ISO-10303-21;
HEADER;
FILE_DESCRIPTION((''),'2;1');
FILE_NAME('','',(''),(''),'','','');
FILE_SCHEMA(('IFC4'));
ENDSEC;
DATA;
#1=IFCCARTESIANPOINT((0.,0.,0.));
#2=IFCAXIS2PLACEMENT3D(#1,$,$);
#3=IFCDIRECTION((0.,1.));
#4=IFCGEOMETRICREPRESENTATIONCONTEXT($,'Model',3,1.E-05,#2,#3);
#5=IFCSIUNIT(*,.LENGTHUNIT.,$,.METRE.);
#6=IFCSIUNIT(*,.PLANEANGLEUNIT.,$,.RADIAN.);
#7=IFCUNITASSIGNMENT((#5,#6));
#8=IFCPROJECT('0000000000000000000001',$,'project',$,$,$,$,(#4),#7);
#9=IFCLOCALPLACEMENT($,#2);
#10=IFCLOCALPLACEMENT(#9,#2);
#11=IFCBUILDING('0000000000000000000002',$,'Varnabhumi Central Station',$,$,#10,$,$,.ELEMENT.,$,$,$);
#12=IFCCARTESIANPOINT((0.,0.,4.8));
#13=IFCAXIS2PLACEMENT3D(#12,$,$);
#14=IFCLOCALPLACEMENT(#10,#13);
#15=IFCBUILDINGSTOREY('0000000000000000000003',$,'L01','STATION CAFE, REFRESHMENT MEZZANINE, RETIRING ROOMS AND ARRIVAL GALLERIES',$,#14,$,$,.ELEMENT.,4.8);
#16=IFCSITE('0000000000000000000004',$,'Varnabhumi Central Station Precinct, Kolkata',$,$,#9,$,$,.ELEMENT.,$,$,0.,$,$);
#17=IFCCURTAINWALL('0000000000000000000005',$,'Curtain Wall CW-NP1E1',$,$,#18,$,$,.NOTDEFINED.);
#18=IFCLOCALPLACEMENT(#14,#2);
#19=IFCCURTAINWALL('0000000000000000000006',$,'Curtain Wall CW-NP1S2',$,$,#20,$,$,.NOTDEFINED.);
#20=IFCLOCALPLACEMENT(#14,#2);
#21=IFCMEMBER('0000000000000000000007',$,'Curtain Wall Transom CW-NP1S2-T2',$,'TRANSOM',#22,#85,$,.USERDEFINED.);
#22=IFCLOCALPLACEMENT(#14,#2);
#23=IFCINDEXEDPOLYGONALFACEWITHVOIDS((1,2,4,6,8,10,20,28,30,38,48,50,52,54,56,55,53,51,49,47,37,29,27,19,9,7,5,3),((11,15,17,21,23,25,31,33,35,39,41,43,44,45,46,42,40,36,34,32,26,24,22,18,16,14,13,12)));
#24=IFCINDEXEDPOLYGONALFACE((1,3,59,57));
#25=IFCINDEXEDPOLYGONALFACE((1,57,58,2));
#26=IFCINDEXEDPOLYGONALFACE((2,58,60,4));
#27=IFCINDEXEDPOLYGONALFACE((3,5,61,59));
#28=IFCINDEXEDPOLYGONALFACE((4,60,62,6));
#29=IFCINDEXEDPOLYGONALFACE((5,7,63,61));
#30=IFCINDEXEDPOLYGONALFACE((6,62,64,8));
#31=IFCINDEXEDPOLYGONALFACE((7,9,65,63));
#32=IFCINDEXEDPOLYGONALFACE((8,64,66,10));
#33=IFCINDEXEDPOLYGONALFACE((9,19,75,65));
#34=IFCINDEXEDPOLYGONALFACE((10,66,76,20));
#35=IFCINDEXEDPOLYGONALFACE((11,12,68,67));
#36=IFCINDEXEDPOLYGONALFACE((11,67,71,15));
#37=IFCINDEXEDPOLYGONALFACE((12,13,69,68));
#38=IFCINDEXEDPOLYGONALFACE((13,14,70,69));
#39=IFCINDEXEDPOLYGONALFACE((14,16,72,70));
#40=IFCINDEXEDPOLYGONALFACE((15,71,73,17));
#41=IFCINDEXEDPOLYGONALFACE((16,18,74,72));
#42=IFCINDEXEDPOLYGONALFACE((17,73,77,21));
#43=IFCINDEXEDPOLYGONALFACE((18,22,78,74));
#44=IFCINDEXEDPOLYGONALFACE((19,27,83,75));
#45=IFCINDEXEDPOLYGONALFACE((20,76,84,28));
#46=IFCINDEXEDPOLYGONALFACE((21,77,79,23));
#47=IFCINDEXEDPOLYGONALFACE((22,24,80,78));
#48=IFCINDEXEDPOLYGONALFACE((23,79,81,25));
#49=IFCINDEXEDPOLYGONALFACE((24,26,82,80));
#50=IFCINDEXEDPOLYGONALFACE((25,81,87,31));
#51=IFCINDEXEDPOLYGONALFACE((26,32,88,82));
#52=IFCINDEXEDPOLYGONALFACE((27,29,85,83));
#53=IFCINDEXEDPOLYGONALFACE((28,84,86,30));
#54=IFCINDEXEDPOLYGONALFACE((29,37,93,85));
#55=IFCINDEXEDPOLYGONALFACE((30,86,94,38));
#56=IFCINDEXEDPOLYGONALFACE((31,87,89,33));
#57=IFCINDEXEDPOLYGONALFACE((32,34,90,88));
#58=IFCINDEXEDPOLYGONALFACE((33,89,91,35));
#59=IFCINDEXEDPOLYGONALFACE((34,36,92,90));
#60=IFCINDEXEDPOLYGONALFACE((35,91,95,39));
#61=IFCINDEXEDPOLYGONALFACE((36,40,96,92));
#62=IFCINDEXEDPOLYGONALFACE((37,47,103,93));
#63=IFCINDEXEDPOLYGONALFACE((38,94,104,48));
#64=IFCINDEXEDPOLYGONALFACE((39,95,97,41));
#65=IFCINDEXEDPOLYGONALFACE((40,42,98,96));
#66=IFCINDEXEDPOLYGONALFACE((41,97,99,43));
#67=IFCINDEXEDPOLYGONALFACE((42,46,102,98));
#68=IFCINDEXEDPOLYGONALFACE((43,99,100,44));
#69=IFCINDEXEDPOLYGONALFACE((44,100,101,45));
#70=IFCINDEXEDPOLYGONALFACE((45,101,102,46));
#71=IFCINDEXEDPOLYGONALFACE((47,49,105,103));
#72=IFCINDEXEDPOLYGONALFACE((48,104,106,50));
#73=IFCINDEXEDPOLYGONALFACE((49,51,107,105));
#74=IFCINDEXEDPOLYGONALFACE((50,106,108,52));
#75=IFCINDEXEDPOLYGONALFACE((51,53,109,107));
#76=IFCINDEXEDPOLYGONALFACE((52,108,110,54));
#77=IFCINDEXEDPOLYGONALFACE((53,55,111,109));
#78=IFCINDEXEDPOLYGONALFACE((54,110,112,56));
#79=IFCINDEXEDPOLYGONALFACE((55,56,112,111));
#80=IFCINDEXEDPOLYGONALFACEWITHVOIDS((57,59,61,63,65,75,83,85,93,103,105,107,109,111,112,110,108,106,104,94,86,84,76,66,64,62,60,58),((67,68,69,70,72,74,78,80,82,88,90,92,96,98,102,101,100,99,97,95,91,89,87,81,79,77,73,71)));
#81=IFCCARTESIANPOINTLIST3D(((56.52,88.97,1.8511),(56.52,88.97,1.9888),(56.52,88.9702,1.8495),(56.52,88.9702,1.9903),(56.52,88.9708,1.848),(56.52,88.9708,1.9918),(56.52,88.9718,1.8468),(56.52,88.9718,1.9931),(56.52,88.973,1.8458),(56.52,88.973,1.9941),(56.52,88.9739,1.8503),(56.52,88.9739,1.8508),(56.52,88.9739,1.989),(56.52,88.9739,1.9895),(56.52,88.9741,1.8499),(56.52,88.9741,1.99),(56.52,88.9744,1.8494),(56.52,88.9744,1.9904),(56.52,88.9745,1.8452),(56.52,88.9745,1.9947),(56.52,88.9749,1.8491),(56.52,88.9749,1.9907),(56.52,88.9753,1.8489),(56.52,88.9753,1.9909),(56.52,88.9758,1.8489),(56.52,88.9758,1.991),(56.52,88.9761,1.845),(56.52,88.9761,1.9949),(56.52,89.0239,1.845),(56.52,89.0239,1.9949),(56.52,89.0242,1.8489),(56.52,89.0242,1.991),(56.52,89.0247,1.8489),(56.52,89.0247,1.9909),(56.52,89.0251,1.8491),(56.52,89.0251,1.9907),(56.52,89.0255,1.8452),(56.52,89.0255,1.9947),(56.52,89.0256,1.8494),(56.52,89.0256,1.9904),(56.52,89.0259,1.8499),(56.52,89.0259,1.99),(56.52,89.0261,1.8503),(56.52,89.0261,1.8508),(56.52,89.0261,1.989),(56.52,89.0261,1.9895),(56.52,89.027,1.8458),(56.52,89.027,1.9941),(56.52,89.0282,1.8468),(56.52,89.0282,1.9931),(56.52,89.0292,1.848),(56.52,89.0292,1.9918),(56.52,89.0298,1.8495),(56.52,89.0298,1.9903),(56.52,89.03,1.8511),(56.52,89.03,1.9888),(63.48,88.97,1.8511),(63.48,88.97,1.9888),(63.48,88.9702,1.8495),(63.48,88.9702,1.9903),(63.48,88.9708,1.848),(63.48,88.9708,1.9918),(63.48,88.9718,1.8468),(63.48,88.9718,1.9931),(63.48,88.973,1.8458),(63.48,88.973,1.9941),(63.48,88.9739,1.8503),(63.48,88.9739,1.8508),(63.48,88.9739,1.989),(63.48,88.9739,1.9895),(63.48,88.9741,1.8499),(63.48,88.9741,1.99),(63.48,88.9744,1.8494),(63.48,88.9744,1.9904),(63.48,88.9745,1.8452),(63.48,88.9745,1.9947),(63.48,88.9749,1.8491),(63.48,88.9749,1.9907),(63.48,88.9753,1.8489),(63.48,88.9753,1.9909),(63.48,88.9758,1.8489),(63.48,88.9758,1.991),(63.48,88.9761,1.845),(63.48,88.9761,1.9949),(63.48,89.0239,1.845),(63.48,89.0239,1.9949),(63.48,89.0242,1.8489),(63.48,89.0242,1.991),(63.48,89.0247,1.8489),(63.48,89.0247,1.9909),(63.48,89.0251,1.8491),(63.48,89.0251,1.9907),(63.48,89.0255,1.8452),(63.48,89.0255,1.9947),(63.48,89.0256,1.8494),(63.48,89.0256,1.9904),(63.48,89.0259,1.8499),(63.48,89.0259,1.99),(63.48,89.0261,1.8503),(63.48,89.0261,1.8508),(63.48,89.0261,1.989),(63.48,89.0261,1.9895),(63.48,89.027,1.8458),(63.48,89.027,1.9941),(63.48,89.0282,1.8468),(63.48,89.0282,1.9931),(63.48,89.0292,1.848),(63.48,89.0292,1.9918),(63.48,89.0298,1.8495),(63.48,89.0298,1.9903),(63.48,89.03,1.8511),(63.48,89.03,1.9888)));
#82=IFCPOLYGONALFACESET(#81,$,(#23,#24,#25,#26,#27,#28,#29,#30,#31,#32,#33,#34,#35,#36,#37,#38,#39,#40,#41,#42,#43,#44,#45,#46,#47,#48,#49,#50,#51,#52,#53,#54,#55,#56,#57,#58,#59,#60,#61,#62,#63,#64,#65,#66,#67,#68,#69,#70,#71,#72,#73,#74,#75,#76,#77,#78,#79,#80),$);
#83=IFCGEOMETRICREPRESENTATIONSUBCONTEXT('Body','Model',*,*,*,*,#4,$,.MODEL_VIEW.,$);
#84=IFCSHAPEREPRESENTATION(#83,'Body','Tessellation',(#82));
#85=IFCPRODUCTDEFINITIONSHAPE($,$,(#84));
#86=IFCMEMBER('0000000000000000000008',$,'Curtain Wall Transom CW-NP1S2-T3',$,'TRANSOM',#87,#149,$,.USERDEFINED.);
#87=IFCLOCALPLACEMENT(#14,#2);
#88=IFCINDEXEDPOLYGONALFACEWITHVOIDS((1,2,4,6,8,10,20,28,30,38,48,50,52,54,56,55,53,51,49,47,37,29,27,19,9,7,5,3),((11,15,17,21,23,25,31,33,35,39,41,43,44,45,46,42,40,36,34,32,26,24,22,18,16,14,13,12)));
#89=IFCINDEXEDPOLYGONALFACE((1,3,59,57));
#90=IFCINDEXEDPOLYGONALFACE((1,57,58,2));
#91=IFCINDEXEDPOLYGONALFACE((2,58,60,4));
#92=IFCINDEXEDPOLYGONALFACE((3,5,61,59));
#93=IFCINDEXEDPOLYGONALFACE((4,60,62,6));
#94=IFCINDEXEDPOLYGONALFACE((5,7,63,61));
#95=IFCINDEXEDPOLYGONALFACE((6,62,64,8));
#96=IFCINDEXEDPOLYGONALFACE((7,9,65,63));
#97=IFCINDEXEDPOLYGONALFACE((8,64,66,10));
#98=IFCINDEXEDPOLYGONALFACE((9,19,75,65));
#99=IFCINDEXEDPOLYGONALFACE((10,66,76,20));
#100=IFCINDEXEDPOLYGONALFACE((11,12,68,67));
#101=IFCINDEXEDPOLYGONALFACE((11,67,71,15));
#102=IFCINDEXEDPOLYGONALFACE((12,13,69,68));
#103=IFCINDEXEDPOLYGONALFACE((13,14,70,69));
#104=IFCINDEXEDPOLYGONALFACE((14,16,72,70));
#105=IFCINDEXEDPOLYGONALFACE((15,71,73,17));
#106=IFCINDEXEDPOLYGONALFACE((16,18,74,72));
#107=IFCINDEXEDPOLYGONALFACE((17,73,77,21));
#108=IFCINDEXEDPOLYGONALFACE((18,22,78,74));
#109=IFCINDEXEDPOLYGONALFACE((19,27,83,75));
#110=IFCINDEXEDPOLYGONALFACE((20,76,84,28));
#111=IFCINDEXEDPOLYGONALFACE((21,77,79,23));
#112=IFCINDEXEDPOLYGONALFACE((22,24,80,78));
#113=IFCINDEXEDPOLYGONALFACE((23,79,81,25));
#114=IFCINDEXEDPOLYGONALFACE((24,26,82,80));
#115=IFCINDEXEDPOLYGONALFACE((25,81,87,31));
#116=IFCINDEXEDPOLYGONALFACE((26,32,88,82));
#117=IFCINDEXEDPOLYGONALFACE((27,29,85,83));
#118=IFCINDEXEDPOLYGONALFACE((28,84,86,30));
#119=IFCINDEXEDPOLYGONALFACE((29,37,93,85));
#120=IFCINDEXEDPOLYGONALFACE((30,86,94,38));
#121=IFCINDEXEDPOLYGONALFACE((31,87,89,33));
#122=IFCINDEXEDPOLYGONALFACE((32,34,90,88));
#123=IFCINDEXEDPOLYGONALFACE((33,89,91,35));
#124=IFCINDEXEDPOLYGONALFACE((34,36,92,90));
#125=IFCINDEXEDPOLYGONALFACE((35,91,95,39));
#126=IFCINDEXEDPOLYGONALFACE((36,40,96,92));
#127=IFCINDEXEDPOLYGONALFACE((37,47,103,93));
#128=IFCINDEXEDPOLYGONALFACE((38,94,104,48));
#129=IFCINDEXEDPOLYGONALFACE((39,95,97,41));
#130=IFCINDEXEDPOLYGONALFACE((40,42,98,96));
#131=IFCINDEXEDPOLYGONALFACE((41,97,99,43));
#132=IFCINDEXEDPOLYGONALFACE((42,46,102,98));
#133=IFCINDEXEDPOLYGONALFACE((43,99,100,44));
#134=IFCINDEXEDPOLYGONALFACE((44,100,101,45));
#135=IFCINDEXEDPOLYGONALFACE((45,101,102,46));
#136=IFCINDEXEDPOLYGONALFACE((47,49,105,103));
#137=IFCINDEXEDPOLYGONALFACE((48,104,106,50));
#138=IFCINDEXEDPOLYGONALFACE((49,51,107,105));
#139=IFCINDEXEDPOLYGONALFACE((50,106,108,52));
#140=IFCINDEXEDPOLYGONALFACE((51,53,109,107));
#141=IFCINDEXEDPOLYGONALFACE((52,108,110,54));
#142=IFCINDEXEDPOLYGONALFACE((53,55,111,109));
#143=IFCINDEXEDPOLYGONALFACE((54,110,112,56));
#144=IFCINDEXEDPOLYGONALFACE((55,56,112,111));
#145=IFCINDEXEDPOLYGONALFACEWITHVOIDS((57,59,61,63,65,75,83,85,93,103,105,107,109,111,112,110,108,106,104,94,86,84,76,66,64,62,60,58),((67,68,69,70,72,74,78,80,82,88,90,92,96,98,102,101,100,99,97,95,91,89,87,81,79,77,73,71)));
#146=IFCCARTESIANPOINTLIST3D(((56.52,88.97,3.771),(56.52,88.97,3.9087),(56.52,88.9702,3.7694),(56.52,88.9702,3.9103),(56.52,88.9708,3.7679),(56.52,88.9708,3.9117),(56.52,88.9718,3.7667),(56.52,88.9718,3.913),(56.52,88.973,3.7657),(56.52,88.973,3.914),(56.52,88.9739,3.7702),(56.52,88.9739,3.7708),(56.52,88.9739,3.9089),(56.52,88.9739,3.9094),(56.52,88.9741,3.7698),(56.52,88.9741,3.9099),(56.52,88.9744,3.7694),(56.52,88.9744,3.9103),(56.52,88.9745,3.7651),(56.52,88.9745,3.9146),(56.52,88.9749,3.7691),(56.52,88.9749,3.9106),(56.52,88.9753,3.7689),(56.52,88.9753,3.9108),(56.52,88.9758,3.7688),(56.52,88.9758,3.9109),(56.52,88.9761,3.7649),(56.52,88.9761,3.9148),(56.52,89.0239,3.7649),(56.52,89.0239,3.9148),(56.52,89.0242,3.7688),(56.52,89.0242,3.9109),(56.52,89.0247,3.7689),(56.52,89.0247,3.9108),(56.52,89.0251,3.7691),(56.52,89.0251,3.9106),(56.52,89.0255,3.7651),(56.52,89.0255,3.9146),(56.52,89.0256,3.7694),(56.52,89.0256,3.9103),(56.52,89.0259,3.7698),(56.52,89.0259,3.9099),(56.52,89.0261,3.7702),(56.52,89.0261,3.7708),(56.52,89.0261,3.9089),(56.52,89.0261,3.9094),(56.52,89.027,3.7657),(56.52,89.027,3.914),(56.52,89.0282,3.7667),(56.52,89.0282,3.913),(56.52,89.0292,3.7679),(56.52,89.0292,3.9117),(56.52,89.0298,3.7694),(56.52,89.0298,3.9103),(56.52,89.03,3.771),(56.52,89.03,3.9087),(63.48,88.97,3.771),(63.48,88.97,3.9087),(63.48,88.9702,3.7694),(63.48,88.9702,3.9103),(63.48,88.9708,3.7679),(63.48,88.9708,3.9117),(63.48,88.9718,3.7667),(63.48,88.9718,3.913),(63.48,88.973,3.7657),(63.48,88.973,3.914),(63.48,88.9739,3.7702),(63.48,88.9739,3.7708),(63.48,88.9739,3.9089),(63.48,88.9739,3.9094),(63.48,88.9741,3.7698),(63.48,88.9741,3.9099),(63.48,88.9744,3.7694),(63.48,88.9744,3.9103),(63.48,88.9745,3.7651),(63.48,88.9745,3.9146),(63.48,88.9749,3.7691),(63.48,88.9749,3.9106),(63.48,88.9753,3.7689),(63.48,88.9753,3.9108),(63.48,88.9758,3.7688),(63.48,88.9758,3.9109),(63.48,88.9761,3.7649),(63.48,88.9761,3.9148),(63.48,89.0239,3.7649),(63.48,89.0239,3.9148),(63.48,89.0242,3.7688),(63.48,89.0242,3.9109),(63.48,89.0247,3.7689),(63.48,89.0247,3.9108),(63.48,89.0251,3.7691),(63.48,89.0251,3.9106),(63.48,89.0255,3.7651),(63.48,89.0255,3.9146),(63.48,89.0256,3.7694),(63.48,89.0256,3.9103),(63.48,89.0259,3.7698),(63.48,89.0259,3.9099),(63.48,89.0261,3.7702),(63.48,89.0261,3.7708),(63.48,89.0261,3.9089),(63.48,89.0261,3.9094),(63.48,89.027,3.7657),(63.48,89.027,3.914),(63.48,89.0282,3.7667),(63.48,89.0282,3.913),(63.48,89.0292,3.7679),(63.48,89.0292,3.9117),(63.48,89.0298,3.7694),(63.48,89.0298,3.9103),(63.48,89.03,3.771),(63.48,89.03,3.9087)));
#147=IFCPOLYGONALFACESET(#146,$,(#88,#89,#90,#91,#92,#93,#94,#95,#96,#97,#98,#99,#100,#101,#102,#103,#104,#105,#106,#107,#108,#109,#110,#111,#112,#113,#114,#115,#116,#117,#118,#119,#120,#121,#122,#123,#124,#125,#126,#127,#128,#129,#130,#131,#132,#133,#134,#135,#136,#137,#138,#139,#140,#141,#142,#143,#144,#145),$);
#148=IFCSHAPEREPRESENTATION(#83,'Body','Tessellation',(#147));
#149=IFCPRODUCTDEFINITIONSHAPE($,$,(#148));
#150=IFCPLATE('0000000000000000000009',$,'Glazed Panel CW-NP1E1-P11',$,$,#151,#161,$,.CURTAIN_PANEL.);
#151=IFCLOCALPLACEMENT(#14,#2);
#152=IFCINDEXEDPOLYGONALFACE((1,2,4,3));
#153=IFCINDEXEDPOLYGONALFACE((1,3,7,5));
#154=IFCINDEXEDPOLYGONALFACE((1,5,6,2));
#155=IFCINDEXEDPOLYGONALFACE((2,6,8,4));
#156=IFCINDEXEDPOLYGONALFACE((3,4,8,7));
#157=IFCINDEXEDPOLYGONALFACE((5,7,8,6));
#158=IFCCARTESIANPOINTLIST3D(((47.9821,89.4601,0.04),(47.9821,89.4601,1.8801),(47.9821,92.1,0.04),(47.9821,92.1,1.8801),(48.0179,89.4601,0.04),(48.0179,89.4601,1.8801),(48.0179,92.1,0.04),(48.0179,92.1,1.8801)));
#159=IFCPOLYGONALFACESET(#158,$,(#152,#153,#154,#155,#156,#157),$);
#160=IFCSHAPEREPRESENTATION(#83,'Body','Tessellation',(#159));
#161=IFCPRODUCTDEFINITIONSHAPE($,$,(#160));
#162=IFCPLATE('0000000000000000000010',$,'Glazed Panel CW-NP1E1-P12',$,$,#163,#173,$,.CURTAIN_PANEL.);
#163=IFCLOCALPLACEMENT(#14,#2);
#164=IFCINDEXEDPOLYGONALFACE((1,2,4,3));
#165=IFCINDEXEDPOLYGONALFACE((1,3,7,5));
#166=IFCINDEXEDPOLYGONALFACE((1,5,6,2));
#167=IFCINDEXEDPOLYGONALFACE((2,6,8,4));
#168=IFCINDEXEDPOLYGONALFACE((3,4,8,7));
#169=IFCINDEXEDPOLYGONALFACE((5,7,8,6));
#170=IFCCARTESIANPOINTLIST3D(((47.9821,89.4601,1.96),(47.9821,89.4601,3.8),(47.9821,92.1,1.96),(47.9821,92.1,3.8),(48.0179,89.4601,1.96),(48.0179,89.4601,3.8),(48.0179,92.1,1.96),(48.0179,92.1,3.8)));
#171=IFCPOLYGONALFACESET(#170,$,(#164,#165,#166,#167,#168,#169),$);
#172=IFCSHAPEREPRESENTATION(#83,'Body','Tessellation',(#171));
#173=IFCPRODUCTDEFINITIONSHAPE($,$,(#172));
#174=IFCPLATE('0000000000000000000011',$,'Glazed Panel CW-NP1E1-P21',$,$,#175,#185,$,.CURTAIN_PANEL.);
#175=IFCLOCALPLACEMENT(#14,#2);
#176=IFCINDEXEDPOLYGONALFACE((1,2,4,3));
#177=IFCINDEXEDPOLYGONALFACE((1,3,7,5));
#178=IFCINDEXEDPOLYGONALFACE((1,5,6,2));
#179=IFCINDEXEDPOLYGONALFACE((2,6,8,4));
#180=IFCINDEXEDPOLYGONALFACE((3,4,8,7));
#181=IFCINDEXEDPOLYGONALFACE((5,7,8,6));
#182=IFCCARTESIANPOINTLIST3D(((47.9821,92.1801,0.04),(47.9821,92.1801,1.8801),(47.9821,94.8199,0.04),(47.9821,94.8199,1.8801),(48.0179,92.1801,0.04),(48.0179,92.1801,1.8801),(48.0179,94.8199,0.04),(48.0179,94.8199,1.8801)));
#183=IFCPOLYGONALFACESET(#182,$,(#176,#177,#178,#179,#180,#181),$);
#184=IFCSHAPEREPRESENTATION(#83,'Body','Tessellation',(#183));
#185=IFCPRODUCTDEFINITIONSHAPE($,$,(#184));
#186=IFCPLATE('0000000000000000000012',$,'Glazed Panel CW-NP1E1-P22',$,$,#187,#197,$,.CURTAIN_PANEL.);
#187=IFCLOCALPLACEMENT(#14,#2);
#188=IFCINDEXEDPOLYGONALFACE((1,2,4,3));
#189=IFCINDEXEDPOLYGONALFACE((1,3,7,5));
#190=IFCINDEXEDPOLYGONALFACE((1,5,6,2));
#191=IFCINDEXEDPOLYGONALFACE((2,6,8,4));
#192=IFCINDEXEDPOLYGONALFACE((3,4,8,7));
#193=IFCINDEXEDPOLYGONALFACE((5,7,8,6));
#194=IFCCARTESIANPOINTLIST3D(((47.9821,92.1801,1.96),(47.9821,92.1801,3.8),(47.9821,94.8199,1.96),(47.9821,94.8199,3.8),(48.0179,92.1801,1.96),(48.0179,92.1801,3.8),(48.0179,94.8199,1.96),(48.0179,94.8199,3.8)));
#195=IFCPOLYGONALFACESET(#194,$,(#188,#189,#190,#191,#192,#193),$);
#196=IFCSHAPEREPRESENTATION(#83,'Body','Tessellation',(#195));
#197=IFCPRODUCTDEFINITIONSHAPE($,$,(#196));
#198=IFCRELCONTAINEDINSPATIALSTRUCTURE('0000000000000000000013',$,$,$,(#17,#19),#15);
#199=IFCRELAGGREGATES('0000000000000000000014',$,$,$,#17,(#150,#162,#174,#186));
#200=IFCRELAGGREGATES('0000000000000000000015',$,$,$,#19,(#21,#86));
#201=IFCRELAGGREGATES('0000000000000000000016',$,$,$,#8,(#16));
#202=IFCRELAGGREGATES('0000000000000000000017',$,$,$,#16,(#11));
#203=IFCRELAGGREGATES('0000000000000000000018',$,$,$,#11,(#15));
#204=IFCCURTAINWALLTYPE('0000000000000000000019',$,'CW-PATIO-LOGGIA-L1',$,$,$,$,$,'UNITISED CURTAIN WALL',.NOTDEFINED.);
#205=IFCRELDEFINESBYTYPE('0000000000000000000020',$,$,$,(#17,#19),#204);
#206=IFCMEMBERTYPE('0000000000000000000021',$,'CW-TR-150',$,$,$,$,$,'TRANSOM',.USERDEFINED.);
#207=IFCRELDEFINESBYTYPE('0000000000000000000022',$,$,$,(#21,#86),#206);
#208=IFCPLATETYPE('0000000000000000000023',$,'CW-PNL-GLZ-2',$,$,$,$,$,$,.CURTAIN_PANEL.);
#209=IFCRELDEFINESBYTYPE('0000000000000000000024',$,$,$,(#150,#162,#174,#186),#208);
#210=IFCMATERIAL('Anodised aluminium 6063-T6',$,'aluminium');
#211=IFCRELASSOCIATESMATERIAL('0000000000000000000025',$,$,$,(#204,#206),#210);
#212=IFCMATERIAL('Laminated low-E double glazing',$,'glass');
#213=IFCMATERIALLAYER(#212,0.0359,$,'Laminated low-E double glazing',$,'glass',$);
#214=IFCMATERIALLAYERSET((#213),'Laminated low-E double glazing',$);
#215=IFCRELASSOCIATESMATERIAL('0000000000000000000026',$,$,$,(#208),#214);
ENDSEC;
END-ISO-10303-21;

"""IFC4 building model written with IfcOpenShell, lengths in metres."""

from ifc_helpers import new_model, si_unit, direction, frame, origin, origin_2d, place, context, subcontext, project, spatial, rectangle, hollow_rectangle, extrude, material, layer, layer_set, material_profile, profile_set, type_object, element, aggregate, save


model = new_model("IFC4")

# Units and contexts
model_context = context("Model", 3, precision=1e-05, world=origin(), true_north=direction((0.0, 1.0)))
body_context = subcontext(model_context, "Body", "Model", "MODEL_VIEW")
ifc_project = project(units=[si_unit("LENGTHUNIT", "METRE"), si_unit("PLANEANGLEUNIT", "RADIAN")], contexts=[model_context])

# Site, building, storey
site_placement = place(None, origin())
site = spatial("IfcSite", under=ifc_project, at=site_placement, Name="Varnabhumi Central Station Precinct, Kolkata", CompositionType="ELEMENT", RefElevation=0.0)
building_placement = place(site_placement, origin())
building = spatial("IfcBuilding", under=site, at=building_placement, Name="Varnabhumi Central Station", CompositionType="ELEMENT")
storey_placement = place(building_placement, frame((0.0, 0.0, 4.8)))
storey = spatial("IfcBuildingStorey", under=building, at=storey_placement, Name="L01", Description="STATION CAFE, REFRESHMENT MEZZANINE, RETIRING ROOMS AND ARRIVAL GALLERIES", CompositionType="ELEMENT", Elevation=4.8)

# Curtain wall
ifc_material_1 = material(Name="Anodised aluminium 6063-T6", Category="aluminium")
curtain_wall_type = type_object("IfcCurtainWallType", Name="CW-PATIO-LOGGIA-L1", ElementType="UNITISED CURTAIN WALL", PredefinedType="NOTDEFINED", material=ifc_material_1)
curtain_wall_1_placement = place(storey_placement, origin())
curtain_wall_1 = element("IfcCurtainWall", 1, at=curtain_wall_1_placement, inside=storey, type_object=curtain_wall_type, Name="Curtain Wall CW-NP1E1", PredefinedType="NOTDEFINED")

# Curtain wall
curtain_wall_2_placement = place(storey_placement, origin())
curtain_wall_2 = element("IfcCurtainWall", 2, at=curtain_wall_2_placement, inside=storey, type_object=curtain_wall_type, Name="Curtain Wall CW-NP1S2", PredefinedType="NOTDEFINED")

# Members
ifc_material_profile_1 = material_profile(ifc_material_1, hollow_rectangle(XDim=0.0601, YDim=0.1499, WallThickness=0.0039, InnerFilletRadius=0.002, OuterFilletRadius=0.0061, at=origin_2d()), Name="Anodised aluminium 6063-T6", Category="aluminium")
ifc_profile_set_1 = profile_set([ifc_material_profile_1], Name="Anodised aluminium 6063-T6")
member_type_1 = type_object("IfcMemberType", Name="CW-TR-150", ElementType="TRANSOM", PredefinedType="USERDEFINED", material=ifc_profile_set_1)
member_1_placement = place(storey_placement, frame((56.52, 89.0, 1.9199), z_axis=(1.0, 0.0, 0.0), x_axis=(0.0, 1.0, 0.0)))
member_1 = element("IfcMember", 3, at=member_1_placement, type_object=member_type_1, Name="Curtain Wall Transom CW-NP1S2-T2", ObjectType="TRANSOM", PredefinedType="USERDEFINED", context=body_context, shape_type="SweptSolid", body=[
    extrude(hollow_rectangle(XDim=0.0601, YDim=0.1499, WallThickness=0.0039, InnerFilletRadius=0.002, OuterFilletRadius=0.0061, at=origin_2d()), origin(), (0.0, 0.0, 1.0), 6.96),
])
member_2_placement = place(storey_placement, frame((56.52, 89.0, 3.8398), z_axis=(1.0, 0.0, 0.0), x_axis=(0.0, 1.0, 0.0)))
member_2 = element("IfcMember", 4, at=member_2_placement, type_object=member_type_1, Name="Curtain Wall Transom CW-NP1S2-T3", ObjectType="TRANSOM", PredefinedType="USERDEFINED", context=body_context, shape_type="SweptSolid", body=[
    extrude(hollow_rectangle(XDim=0.0601, YDim=0.1499, WallThickness=0.0039, InnerFilletRadius=0.002, OuterFilletRadius=0.0061, at=origin_2d()), origin(), (0.0, 0.0, 1.0), 6.96),
])

# Plates
ifc_material_2 = material(Name="Laminated low-E double glazing", Category="glass")
ifc_layer_1 = layer(ifc_material_2, 0.0359, Name="Laminated low-E double glazing", Category="glass")
ifc_layer_set_1 = layer_set([ifc_layer_1], Name="Laminated low-E double glazing")
plate_type_1 = type_object("IfcPlateType", Name="CW-PNL-GLZ-2", PredefinedType="CURTAIN_PANEL", material=ifc_layer_set_1)
plate_1_placement = place(storey_placement, frame((48.0, 90.78, 0.04), z_axis=(0.0, 0.0, 1.0), x_axis=(0.0, 1.0, 0.0)))
plate_1 = element("IfcPlate", 5, at=plate_1_placement, type_object=plate_type_1, Name="Glazed Panel CW-NP1E1-P11", PredefinedType="CURTAIN_PANEL", context=body_context, shape_type="SweptSolid", body=[
    extrude(rectangle(XDim=2.6399, YDim=0.0359, at=origin_2d()), origin(), (0.0, 0.0, 1.0), 1.8401),
])
plate_2_placement = place(storey_placement, frame((48.0, 90.78, 1.96), z_axis=(0.0, 0.0, 1.0), x_axis=(0.0, 1.0, 0.0)))
plate_2 = element("IfcPlate", 6, at=plate_2_placement, type_object=plate_type_1, Name="Glazed Panel CW-NP1E1-P12", PredefinedType="CURTAIN_PANEL", context=body_context, shape_type="SweptSolid", body=[
    extrude(rectangle(XDim=2.6399, YDim=0.0359, at=origin_2d()), origin(), (0.0, 0.0, 1.0), 1.8401),
])
plate_3_placement = place(storey_placement, frame((48.0, 93.5, 0.04), z_axis=(0.0, 0.0, 1.0), x_axis=(0.0, 1.0, 0.0)))
plate_3 = element("IfcPlate", 7, at=plate_3_placement, type_object=plate_type_1, Name="Glazed Panel CW-NP1E1-P21", PredefinedType="CURTAIN_PANEL", context=body_context, shape_type="SweptSolid", body=[
    extrude(rectangle(XDim=2.6399, YDim=0.0359, at=origin_2d()), origin(), (0.0, 0.0, 1.0), 1.8401),
])
plate_4_placement = place(storey_placement, frame((48.0, 93.5, 1.96), z_axis=(0.0, 0.0, 1.0), x_axis=(0.0, 1.0, 0.0)))
plate_4 = element("IfcPlate", 8, at=plate_4_placement, type_object=plate_type_1, Name="Glazed Panel CW-NP1E1-P22", PredefinedType="CURTAIN_PANEL", context=body_context, shape_type="SweptSolid", body=[
    extrude(rectangle(XDim=2.6399, YDim=0.0359, at=origin_2d()), origin(), (0.0, 0.0, 1.0), 1.8401),
])
aggregate(curtain_wall_1, [plate_1, plate_2, plate_3, plate_4])
aggregate(curtain_wall_2, [member_1, member_2])

save(model, "model.ifc")
